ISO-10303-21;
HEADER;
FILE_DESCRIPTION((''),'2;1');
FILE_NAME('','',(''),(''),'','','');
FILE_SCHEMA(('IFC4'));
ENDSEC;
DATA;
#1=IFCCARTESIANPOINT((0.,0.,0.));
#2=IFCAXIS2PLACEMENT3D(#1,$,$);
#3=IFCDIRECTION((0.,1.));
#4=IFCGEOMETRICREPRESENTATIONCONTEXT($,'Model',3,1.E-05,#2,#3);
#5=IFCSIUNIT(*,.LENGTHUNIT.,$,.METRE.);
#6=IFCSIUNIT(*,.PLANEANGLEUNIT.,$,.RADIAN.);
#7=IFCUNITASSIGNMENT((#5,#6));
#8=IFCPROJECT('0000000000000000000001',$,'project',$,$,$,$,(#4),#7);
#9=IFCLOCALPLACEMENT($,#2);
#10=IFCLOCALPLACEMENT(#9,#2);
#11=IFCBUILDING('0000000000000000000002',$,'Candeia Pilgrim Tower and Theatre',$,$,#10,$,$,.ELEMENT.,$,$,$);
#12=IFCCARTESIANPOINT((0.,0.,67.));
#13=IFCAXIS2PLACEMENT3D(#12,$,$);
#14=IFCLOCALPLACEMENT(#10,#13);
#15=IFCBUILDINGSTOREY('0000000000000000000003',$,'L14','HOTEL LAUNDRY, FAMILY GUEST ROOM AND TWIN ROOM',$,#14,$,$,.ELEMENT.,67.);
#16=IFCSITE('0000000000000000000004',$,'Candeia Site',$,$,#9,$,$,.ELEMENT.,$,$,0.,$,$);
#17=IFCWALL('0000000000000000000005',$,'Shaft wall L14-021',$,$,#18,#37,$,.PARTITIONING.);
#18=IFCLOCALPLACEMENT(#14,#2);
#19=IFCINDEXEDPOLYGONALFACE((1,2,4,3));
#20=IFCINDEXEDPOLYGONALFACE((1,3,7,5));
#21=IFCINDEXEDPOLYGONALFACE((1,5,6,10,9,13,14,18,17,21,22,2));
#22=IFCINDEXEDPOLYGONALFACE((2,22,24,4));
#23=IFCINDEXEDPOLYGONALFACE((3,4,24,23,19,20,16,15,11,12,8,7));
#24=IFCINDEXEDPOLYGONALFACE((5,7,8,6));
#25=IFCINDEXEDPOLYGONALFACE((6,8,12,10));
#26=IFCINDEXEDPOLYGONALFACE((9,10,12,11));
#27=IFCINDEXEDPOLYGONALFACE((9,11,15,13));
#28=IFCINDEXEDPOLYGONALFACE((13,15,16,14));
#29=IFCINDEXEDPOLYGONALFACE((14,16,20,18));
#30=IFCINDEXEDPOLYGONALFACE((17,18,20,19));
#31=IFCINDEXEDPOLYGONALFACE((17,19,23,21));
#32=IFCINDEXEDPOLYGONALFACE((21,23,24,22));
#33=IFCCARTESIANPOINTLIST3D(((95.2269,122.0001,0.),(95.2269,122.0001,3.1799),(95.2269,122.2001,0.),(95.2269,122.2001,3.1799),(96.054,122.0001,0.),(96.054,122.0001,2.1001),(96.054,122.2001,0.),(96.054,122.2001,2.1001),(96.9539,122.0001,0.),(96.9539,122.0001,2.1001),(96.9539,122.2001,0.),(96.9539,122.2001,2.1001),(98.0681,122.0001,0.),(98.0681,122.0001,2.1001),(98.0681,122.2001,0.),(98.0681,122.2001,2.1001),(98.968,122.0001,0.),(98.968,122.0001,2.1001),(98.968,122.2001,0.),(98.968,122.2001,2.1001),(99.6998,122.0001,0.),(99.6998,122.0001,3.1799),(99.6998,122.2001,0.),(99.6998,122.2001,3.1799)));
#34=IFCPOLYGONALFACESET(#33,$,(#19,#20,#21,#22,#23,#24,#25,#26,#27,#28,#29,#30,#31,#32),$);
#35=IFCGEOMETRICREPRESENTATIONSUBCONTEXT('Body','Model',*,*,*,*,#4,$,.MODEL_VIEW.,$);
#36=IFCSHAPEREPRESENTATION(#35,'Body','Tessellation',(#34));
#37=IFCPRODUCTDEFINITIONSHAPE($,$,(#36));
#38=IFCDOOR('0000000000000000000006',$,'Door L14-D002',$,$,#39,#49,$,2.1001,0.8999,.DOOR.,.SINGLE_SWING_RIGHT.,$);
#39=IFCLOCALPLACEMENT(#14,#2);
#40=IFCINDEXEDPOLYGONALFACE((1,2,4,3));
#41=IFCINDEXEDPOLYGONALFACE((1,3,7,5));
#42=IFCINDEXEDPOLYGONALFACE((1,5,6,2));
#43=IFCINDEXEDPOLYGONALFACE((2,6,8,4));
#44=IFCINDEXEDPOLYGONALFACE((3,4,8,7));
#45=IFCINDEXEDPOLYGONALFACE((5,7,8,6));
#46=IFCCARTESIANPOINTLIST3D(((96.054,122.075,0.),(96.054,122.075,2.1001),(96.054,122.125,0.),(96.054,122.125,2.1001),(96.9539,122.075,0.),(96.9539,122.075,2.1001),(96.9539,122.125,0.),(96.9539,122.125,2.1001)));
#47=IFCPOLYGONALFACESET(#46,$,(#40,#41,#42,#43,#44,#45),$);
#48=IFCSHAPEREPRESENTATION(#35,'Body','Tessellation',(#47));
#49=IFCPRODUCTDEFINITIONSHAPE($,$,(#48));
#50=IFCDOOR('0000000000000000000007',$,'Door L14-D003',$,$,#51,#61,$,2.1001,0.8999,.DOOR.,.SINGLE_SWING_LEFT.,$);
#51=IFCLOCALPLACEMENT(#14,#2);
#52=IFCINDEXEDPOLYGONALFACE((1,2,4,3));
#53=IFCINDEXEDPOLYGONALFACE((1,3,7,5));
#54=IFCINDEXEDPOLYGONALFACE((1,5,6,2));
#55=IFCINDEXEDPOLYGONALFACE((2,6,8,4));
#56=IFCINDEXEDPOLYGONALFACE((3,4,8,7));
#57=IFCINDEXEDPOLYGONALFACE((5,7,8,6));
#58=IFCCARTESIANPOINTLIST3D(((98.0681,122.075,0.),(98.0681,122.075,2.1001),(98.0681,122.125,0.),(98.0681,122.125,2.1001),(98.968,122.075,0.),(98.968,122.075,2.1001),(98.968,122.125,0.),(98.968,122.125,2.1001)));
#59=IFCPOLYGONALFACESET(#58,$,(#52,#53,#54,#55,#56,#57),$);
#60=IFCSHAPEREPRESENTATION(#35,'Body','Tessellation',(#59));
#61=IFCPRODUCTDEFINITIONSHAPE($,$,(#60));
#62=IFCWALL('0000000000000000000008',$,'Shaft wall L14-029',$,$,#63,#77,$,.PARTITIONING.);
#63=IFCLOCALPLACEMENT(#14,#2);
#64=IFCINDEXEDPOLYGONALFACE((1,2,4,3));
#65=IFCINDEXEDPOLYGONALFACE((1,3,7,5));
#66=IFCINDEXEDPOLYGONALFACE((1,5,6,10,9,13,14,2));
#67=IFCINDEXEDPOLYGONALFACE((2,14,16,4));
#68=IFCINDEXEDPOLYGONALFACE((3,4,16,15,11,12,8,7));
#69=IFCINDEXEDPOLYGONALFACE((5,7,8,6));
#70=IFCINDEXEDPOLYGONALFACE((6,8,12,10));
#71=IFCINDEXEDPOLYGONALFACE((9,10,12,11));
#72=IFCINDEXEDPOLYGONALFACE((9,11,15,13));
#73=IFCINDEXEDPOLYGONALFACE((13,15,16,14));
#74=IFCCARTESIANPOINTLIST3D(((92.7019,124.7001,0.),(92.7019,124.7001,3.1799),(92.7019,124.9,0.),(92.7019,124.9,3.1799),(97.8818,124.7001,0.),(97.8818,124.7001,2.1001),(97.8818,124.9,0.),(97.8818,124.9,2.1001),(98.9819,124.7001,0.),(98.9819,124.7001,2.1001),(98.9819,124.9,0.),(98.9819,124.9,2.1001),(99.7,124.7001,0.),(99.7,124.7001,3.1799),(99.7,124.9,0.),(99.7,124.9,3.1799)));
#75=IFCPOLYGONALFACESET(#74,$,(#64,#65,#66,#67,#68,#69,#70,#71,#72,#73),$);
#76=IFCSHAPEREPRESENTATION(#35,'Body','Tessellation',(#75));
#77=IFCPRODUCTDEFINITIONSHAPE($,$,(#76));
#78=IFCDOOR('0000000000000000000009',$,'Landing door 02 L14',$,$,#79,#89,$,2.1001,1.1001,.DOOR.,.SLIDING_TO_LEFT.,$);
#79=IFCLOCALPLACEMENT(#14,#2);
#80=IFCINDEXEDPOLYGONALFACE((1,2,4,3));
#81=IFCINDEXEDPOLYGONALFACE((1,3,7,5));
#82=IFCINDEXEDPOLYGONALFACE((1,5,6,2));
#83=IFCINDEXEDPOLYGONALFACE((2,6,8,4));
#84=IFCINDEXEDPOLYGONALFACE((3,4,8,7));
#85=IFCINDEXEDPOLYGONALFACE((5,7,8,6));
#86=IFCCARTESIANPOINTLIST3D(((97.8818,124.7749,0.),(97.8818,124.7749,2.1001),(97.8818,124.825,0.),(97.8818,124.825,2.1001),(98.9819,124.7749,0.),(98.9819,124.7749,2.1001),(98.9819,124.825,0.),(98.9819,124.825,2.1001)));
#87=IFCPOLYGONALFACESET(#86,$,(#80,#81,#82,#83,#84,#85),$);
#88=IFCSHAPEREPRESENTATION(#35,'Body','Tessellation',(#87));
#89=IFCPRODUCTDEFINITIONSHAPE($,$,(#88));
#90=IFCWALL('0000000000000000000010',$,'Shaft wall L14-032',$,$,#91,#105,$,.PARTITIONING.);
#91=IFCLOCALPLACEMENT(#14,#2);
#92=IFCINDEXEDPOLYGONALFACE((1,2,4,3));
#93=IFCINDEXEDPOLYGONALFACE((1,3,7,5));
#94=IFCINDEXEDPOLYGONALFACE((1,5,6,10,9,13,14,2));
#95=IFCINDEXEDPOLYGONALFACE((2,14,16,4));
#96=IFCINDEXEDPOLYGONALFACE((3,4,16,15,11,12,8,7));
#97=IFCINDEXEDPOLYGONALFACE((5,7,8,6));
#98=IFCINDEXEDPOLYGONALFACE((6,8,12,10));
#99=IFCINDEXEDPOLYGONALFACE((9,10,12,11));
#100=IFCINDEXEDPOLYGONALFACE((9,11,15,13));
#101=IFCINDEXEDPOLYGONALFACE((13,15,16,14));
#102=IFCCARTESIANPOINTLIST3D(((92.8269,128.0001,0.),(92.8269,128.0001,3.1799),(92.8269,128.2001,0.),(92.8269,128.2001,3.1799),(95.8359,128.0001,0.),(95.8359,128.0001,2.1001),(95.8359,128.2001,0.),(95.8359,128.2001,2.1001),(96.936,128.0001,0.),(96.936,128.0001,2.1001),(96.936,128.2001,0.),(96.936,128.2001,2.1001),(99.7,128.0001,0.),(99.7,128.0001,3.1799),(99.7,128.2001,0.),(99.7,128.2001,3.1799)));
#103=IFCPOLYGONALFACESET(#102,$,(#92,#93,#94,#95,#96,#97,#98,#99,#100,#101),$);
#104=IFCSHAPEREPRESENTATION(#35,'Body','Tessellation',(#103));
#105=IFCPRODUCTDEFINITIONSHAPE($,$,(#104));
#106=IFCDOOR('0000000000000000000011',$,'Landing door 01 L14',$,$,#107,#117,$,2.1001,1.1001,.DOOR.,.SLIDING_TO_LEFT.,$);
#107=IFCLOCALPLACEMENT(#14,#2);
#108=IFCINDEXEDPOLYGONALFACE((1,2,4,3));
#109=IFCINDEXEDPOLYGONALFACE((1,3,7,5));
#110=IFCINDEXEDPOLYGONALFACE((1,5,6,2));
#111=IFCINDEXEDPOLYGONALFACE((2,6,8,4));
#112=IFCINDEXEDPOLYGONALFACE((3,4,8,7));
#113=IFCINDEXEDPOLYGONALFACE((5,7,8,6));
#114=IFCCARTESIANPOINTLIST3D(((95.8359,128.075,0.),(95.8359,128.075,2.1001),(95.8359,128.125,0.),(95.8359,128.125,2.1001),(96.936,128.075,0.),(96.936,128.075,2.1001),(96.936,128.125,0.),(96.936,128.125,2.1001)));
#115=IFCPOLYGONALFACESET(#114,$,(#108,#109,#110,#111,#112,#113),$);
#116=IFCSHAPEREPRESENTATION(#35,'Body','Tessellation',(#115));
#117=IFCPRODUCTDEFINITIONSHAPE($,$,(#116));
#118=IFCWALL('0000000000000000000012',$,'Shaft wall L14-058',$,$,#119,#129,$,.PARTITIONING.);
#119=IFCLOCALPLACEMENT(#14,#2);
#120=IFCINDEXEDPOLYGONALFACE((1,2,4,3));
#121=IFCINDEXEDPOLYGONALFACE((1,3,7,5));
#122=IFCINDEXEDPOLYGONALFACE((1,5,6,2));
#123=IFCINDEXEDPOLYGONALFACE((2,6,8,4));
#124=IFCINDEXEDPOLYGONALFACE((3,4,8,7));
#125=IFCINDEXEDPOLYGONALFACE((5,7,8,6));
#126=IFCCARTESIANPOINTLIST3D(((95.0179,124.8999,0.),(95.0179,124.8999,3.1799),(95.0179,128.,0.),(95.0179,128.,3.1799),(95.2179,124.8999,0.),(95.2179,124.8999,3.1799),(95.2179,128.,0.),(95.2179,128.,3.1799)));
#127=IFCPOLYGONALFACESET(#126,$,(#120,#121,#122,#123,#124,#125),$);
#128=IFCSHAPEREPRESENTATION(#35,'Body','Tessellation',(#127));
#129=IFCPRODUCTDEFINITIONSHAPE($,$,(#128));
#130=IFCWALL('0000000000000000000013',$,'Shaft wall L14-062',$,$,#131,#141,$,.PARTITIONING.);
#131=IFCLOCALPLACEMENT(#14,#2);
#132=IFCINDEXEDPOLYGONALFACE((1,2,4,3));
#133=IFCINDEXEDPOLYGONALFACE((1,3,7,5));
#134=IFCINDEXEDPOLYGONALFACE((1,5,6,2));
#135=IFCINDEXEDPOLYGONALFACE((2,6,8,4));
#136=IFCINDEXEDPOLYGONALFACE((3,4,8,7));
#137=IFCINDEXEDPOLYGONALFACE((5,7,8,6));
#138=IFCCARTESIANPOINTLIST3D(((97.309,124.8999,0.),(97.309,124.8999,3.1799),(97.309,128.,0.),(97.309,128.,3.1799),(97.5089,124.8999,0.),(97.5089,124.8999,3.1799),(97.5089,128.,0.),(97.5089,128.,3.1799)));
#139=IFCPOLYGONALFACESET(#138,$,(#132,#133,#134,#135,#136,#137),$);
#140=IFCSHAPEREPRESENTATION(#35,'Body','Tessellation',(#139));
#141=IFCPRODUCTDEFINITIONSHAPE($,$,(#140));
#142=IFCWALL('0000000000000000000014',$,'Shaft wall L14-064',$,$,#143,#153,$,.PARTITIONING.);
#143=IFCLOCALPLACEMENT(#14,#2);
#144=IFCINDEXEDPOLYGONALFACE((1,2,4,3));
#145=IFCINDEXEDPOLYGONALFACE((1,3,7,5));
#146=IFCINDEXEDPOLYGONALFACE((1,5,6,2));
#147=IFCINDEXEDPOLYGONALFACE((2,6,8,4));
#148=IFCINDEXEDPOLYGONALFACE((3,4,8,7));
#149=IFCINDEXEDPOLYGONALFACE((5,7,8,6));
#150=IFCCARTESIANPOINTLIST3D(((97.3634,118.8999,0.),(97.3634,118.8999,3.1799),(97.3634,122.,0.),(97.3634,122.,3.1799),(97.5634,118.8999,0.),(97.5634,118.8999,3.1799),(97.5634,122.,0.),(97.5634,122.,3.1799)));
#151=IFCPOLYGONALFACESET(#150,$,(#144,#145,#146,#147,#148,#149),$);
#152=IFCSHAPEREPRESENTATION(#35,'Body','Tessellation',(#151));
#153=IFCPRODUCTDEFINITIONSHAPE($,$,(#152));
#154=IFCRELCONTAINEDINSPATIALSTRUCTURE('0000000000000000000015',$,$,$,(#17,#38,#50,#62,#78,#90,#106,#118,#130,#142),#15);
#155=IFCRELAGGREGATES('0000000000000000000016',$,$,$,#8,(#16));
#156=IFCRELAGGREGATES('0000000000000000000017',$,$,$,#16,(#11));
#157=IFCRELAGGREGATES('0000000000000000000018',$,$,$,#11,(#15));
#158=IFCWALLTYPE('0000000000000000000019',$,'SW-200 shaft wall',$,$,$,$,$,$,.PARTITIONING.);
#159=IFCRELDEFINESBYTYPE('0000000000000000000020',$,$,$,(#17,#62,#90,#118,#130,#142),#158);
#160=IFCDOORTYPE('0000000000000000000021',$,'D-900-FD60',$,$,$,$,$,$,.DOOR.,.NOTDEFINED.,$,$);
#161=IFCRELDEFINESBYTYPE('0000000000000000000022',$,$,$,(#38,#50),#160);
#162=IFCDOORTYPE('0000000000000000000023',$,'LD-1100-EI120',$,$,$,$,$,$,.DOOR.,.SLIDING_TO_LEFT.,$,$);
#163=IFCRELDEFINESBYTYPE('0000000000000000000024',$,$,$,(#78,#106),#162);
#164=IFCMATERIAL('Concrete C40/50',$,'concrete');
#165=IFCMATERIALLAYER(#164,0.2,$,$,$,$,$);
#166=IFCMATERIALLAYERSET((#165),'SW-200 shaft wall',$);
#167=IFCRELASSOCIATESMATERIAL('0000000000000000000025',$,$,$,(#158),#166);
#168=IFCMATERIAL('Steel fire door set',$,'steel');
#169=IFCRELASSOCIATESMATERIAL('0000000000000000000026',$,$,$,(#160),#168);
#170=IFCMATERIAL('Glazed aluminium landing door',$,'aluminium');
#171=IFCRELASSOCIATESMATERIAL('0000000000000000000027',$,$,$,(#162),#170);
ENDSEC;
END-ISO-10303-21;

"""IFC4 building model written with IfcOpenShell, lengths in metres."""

from ifc_helpers import new_model, si_unit, direction, frame, frame_2d, origin, place, context, subcontext, project, spatial, rectangle, extrude, material, layer, layer_set, type_object, element, fill, save


model = new_model("IFC4")

# Units and contexts
model_context = context("Model", 3, precision=1e-05, world=origin(), true_north=direction((0.0, 1.0)))
body_context = subcontext(model_context, "Body", "Model", "MODEL_VIEW")
ifc_project = project(units=[si_unit("LENGTHUNIT", "METRE"), si_unit("PLANEANGLEUNIT", "RADIAN")], contexts=[model_context])

# Site, building, storey
site_placement = place(None, origin())
site = spatial("IfcSite", under=ifc_project, at=site_placement, Name="Candeia Site", CompositionType="ELEMENT", RefElevation=0.0)
building_placement = place(site_placement, origin())
building = spatial("IfcBuilding", under=site, at=building_placement, Name="Candeia Pilgrim Tower and Theatre", CompositionType="ELEMENT")
storey_placement = place(building_placement, frame((0.0, 0.0, 67.0)))
storey = spatial("IfcBuildingStorey", under=building, at=storey_placement, Name="L14", Description="HOTEL LAUNDRY, FAMILY GUEST ROOM AND TWIN ROOM", CompositionType="ELEMENT", Elevation=67.0)

# Shared definitions
ifc_material_1 = material(Name="Steel fire door set", Category="steel")

# Shared definitions
ifc_material_2 = material(Name="Concrete C40/50", Category="concrete")
ifc_layer_1 = layer(ifc_material_2, 0.2)
ifc_layer_set_1 = layer_set([ifc_layer_1], Name="SW-200 shaft wall")
wall_type_1 = type_object("IfcWallType", Name="SW-200 shaft wall", PredefinedType="PARTITIONING", material=ifc_layer_set_1)

# Wall, openings, doors
wall_1_placement = place(storey_placement, frame((95.2271, 122.1001, 0.0), z_axis=(0.0, 0.0, 1.0), x_axis=(1.0, 0.0, 0.0)))
wall_1 = element("IfcWall", 1, at=wall_1_placement, inside=storey, type_object=wall_type_1, Name="Shaft wall L14-021", PredefinedType="PARTITIONING", context=body_context, shape_type="SweptSolid", body=[
    extrude(rectangle(XDim=4.4729, YDim=0.2, at=frame_2d((2.2363, 0.0))), origin(), (0.0, 0.0, 1.0), 3.1799),
])
opening_1_placement = place(wall_1_placement, frame((0.8269, 0.0, 0.0)))
opening_1 = element("IfcOpeningElement", 2, at=opening_1_placement, cuts=wall_1, PredefinedType="OPENING", context=body_context, shape_type="SweptSolid", body=[
    extrude(rectangle(XDim=0.8999, YDim=2.1001, at=frame_2d((0.45, 1.05))), frame((0.0, 0.1099, 0.0), z_axis=(0.0, -1.0, 0.0), x_axis=(1.0, 0.0, 0.0)), (0.0, 0.0, 1.0), 0.22),
])
opening_2_placement = place(wall_1_placement, frame((2.8411, 0.0, 0.0)))
opening_2 = element("IfcOpeningElement", 3, at=opening_2_placement, cuts=wall_1, PredefinedType="OPENING", context=body_context, shape_type="SweptSolid", body=[
    extrude(rectangle(XDim=0.8999, YDim=2.1001, at=frame_2d((0.45, 1.05))), frame((0.0, 0.1099, 0.0), z_axis=(0.0, -1.0, 0.0), x_axis=(1.0, 0.0, 0.0)), (0.0, 0.0, 1.0), 0.22),
])
door_type_1 = type_object("IfcDoorType", Name="D-900-FD60", OperationType="NOTDEFINED", PredefinedType="DOOR", material=ifc_material_1)
door_1_placement = place(opening_1_placement, origin())
door_1 = element("IfcDoor", 4, at=door_1_placement, inside=storey, type_object=door_type_1, Name="Door L14-D002", OperationType="SINGLE_SWING_RIGHT", OverallHeight=2.1001, OverallWidth=0.8999, PredefinedType="DOOR", context=body_context, shape_type="SweptSolid", body=[
    extrude(rectangle(XDim=0.8999, YDim=2.1001, at=frame_2d((0.45, 1.05))), frame((0.0, 0.0249, 0.0), z_axis=(0.0, -1.0, 0.0), x_axis=(1.0, 0.0, 0.0)), (0.0, 0.0, 1.0), 0.05),
])
fill(opening_1, door_1)
door_2_placement = place(opening_2_placement, origin())
door_2 = element("IfcDoor", 5, at=door_2_placement, inside=storey, type_object=door_type_1, Name="Door L14-D003", OperationType="SINGLE_SWING_LEFT", OverallHeight=2.1001, OverallWidth=0.8999, PredefinedType="DOOR", context=body_context, shape_type="SweptSolid", body=[
    extrude(rectangle(XDim=0.8999, YDim=2.1001, at=frame_2d((0.45, 1.05))), frame((0.0, 0.0249, 0.0), z_axis=(0.0, -1.0, 0.0), x_axis=(1.0, 0.0, 0.0)), (0.0, 0.0, 1.0), 0.05),
])
fill(opening_2, door_2)

# Walls, openings, doors
wall_2_placement = place(storey_placement, frame((92.7019, 124.8, 0.0), z_axis=(0.0, 0.0, 1.0), x_axis=(1.0, 0.0, 0.0)))
wall_2 = element("IfcWall", 6, at=wall_2_placement, inside=storey, type_object=wall_type_1, Name="Shaft wall L14-029", PredefinedType="PARTITIONING", context=body_context, shape_type="SweptSolid", body=[
    extrude(rectangle(XDim=6.998, YDim=0.2, at=frame_2d((3.499, 0.0))), origin(), (0.0, 0.0, 1.0), 3.1799),
])
opening_3_placement = place(wall_2_placement, frame((5.1799, 0.0, 0.0)))
opening_3 = element("IfcOpeningElement", 7, at=opening_3_placement, cuts=wall_2, PredefinedType="OPENING", context=body_context, shape_type="SweptSolid", body=[
    extrude(rectangle(XDim=1.1001, YDim=2.1001, at=frame_2d((0.55, 1.05))), frame((0.0, 0.1099, 0.0), z_axis=(0.0, -1.0, 0.0), x_axis=(1.0, 0.0, 0.0)), (0.0, 0.0, 1.0), 0.22),
])
ifc_material_3 = material(Name="Glazed aluminium landing door", Category="aluminium")
door_type_2 = type_object("IfcDoorType", Name="LD-1100-EI120", OperationType="SLIDING_TO_LEFT", PredefinedType="DOOR", material=ifc_material_3)
door_3_placement = place(opening_3_placement, origin())
door_3 = element("IfcDoor", 8, at=door_3_placement, inside=storey, type_object=door_type_2, Name="Landing door 02 L14", OperationType="SLIDING_TO_LEFT", OverallHeight=2.1001, OverallWidth=1.1001, PredefinedType="DOOR", context=body_context, shape_type="SweptSolid", body=[
    extrude(rectangle(XDim=1.1001, YDim=2.1001, at=frame_2d((0.55, 1.05))), frame((0.0, 0.0249, 0.0), z_axis=(0.0, -1.0, 0.0), x_axis=(1.0, 0.0, 0.0)), (0.0, 0.0, 1.0), 0.05),
])
fill(opening_3, door_3)
wall_3_placement = place(storey_placement, frame((92.8269, 128.1001, 0.0), z_axis=(0.0, 0.0, 1.0), x_axis=(1.0, 0.0, 0.0)))
wall_3 = element("IfcWall", 9, at=wall_3_placement, inside=storey, type_object=wall_type_1, Name="Shaft wall L14-032", PredefinedType="PARTITIONING", context=body_context, shape_type="SweptSolid", body=[
    extrude(rectangle(XDim=6.873, YDim=0.2, at=frame_2d((3.4365, 0.0))), origin(), (0.0, 0.0, 1.0), 3.1799),
])
opening_4_placement = place(wall_3_placement, frame((3.009, 0.0, 0.0)))
opening_4 = element("IfcOpeningElement", 10, at=opening_4_placement, cuts=wall_3, PredefinedType="OPENING", context=body_context, shape_type="SweptSolid", body=[
    extrude(rectangle(XDim=1.1001, YDim=2.1001, at=frame_2d((0.55, 1.05))), frame((0.0, 0.1099, 0.0), z_axis=(0.0, -1.0, 0.0), x_axis=(1.0, 0.0, 0.0)), (0.0, 0.0, 1.0), 0.22),
])
door_4_placement = place(opening_4_placement, origin())
door_4 = element("IfcDoor", 11, at=door_4_placement, inside=storey, type_object=door_type_2, Name="Landing door 01 L14", OperationType="SLIDING_TO_LEFT", OverallHeight=2.1001, OverallWidth=1.1001, PredefinedType="DOOR", context=body_context, shape_type="SweptSolid", body=[
    extrude(rectangle(XDim=1.1001, YDim=2.1001, at=frame_2d((0.55, 1.05))), frame((0.0, 0.0249, 0.0), z_axis=(0.0, -1.0, 0.0), x_axis=(1.0, 0.0, 0.0)), (0.0, 0.0, 1.0), 0.05),
])
fill(opening_4, door_4)

# Walls
for number, where, z_axis, x_axis, name in (
    (12, (95.1179, 124.8999, 0.0), (0.0, 0.0, 1.0), (0.0, 1.0, 0.0), "Shaft wall L14-058"),
    (13, (97.4089, 124.8999, 0.0), (0.0, 0.0, 1.0), (0.0, 1.0, 0.0), "Shaft wall L14-062"),
    (14, (97.4634, 118.8999, 0.0), (0.0, 0.0, 1.0), (0.0, 1.0, 0.0), "Shaft wall L14-064"),
):
    element("IfcWall", number, at=place(storey_placement, frame(where, z_axis=z_axis, x_axis=x_axis)), inside=storey, type_object=wall_type_1, Name=name, PredefinedType="PARTITIONING", context=body_context, shape_type="SweptSolid", body=[
        extrude(rectangle(XDim=3.1001, YDim=0.2, at=frame_2d((1.55, 0.0))), origin(), (0.0, 0.0, 1.0), 3.1799),
    ])

save(model, "model.ifc")
